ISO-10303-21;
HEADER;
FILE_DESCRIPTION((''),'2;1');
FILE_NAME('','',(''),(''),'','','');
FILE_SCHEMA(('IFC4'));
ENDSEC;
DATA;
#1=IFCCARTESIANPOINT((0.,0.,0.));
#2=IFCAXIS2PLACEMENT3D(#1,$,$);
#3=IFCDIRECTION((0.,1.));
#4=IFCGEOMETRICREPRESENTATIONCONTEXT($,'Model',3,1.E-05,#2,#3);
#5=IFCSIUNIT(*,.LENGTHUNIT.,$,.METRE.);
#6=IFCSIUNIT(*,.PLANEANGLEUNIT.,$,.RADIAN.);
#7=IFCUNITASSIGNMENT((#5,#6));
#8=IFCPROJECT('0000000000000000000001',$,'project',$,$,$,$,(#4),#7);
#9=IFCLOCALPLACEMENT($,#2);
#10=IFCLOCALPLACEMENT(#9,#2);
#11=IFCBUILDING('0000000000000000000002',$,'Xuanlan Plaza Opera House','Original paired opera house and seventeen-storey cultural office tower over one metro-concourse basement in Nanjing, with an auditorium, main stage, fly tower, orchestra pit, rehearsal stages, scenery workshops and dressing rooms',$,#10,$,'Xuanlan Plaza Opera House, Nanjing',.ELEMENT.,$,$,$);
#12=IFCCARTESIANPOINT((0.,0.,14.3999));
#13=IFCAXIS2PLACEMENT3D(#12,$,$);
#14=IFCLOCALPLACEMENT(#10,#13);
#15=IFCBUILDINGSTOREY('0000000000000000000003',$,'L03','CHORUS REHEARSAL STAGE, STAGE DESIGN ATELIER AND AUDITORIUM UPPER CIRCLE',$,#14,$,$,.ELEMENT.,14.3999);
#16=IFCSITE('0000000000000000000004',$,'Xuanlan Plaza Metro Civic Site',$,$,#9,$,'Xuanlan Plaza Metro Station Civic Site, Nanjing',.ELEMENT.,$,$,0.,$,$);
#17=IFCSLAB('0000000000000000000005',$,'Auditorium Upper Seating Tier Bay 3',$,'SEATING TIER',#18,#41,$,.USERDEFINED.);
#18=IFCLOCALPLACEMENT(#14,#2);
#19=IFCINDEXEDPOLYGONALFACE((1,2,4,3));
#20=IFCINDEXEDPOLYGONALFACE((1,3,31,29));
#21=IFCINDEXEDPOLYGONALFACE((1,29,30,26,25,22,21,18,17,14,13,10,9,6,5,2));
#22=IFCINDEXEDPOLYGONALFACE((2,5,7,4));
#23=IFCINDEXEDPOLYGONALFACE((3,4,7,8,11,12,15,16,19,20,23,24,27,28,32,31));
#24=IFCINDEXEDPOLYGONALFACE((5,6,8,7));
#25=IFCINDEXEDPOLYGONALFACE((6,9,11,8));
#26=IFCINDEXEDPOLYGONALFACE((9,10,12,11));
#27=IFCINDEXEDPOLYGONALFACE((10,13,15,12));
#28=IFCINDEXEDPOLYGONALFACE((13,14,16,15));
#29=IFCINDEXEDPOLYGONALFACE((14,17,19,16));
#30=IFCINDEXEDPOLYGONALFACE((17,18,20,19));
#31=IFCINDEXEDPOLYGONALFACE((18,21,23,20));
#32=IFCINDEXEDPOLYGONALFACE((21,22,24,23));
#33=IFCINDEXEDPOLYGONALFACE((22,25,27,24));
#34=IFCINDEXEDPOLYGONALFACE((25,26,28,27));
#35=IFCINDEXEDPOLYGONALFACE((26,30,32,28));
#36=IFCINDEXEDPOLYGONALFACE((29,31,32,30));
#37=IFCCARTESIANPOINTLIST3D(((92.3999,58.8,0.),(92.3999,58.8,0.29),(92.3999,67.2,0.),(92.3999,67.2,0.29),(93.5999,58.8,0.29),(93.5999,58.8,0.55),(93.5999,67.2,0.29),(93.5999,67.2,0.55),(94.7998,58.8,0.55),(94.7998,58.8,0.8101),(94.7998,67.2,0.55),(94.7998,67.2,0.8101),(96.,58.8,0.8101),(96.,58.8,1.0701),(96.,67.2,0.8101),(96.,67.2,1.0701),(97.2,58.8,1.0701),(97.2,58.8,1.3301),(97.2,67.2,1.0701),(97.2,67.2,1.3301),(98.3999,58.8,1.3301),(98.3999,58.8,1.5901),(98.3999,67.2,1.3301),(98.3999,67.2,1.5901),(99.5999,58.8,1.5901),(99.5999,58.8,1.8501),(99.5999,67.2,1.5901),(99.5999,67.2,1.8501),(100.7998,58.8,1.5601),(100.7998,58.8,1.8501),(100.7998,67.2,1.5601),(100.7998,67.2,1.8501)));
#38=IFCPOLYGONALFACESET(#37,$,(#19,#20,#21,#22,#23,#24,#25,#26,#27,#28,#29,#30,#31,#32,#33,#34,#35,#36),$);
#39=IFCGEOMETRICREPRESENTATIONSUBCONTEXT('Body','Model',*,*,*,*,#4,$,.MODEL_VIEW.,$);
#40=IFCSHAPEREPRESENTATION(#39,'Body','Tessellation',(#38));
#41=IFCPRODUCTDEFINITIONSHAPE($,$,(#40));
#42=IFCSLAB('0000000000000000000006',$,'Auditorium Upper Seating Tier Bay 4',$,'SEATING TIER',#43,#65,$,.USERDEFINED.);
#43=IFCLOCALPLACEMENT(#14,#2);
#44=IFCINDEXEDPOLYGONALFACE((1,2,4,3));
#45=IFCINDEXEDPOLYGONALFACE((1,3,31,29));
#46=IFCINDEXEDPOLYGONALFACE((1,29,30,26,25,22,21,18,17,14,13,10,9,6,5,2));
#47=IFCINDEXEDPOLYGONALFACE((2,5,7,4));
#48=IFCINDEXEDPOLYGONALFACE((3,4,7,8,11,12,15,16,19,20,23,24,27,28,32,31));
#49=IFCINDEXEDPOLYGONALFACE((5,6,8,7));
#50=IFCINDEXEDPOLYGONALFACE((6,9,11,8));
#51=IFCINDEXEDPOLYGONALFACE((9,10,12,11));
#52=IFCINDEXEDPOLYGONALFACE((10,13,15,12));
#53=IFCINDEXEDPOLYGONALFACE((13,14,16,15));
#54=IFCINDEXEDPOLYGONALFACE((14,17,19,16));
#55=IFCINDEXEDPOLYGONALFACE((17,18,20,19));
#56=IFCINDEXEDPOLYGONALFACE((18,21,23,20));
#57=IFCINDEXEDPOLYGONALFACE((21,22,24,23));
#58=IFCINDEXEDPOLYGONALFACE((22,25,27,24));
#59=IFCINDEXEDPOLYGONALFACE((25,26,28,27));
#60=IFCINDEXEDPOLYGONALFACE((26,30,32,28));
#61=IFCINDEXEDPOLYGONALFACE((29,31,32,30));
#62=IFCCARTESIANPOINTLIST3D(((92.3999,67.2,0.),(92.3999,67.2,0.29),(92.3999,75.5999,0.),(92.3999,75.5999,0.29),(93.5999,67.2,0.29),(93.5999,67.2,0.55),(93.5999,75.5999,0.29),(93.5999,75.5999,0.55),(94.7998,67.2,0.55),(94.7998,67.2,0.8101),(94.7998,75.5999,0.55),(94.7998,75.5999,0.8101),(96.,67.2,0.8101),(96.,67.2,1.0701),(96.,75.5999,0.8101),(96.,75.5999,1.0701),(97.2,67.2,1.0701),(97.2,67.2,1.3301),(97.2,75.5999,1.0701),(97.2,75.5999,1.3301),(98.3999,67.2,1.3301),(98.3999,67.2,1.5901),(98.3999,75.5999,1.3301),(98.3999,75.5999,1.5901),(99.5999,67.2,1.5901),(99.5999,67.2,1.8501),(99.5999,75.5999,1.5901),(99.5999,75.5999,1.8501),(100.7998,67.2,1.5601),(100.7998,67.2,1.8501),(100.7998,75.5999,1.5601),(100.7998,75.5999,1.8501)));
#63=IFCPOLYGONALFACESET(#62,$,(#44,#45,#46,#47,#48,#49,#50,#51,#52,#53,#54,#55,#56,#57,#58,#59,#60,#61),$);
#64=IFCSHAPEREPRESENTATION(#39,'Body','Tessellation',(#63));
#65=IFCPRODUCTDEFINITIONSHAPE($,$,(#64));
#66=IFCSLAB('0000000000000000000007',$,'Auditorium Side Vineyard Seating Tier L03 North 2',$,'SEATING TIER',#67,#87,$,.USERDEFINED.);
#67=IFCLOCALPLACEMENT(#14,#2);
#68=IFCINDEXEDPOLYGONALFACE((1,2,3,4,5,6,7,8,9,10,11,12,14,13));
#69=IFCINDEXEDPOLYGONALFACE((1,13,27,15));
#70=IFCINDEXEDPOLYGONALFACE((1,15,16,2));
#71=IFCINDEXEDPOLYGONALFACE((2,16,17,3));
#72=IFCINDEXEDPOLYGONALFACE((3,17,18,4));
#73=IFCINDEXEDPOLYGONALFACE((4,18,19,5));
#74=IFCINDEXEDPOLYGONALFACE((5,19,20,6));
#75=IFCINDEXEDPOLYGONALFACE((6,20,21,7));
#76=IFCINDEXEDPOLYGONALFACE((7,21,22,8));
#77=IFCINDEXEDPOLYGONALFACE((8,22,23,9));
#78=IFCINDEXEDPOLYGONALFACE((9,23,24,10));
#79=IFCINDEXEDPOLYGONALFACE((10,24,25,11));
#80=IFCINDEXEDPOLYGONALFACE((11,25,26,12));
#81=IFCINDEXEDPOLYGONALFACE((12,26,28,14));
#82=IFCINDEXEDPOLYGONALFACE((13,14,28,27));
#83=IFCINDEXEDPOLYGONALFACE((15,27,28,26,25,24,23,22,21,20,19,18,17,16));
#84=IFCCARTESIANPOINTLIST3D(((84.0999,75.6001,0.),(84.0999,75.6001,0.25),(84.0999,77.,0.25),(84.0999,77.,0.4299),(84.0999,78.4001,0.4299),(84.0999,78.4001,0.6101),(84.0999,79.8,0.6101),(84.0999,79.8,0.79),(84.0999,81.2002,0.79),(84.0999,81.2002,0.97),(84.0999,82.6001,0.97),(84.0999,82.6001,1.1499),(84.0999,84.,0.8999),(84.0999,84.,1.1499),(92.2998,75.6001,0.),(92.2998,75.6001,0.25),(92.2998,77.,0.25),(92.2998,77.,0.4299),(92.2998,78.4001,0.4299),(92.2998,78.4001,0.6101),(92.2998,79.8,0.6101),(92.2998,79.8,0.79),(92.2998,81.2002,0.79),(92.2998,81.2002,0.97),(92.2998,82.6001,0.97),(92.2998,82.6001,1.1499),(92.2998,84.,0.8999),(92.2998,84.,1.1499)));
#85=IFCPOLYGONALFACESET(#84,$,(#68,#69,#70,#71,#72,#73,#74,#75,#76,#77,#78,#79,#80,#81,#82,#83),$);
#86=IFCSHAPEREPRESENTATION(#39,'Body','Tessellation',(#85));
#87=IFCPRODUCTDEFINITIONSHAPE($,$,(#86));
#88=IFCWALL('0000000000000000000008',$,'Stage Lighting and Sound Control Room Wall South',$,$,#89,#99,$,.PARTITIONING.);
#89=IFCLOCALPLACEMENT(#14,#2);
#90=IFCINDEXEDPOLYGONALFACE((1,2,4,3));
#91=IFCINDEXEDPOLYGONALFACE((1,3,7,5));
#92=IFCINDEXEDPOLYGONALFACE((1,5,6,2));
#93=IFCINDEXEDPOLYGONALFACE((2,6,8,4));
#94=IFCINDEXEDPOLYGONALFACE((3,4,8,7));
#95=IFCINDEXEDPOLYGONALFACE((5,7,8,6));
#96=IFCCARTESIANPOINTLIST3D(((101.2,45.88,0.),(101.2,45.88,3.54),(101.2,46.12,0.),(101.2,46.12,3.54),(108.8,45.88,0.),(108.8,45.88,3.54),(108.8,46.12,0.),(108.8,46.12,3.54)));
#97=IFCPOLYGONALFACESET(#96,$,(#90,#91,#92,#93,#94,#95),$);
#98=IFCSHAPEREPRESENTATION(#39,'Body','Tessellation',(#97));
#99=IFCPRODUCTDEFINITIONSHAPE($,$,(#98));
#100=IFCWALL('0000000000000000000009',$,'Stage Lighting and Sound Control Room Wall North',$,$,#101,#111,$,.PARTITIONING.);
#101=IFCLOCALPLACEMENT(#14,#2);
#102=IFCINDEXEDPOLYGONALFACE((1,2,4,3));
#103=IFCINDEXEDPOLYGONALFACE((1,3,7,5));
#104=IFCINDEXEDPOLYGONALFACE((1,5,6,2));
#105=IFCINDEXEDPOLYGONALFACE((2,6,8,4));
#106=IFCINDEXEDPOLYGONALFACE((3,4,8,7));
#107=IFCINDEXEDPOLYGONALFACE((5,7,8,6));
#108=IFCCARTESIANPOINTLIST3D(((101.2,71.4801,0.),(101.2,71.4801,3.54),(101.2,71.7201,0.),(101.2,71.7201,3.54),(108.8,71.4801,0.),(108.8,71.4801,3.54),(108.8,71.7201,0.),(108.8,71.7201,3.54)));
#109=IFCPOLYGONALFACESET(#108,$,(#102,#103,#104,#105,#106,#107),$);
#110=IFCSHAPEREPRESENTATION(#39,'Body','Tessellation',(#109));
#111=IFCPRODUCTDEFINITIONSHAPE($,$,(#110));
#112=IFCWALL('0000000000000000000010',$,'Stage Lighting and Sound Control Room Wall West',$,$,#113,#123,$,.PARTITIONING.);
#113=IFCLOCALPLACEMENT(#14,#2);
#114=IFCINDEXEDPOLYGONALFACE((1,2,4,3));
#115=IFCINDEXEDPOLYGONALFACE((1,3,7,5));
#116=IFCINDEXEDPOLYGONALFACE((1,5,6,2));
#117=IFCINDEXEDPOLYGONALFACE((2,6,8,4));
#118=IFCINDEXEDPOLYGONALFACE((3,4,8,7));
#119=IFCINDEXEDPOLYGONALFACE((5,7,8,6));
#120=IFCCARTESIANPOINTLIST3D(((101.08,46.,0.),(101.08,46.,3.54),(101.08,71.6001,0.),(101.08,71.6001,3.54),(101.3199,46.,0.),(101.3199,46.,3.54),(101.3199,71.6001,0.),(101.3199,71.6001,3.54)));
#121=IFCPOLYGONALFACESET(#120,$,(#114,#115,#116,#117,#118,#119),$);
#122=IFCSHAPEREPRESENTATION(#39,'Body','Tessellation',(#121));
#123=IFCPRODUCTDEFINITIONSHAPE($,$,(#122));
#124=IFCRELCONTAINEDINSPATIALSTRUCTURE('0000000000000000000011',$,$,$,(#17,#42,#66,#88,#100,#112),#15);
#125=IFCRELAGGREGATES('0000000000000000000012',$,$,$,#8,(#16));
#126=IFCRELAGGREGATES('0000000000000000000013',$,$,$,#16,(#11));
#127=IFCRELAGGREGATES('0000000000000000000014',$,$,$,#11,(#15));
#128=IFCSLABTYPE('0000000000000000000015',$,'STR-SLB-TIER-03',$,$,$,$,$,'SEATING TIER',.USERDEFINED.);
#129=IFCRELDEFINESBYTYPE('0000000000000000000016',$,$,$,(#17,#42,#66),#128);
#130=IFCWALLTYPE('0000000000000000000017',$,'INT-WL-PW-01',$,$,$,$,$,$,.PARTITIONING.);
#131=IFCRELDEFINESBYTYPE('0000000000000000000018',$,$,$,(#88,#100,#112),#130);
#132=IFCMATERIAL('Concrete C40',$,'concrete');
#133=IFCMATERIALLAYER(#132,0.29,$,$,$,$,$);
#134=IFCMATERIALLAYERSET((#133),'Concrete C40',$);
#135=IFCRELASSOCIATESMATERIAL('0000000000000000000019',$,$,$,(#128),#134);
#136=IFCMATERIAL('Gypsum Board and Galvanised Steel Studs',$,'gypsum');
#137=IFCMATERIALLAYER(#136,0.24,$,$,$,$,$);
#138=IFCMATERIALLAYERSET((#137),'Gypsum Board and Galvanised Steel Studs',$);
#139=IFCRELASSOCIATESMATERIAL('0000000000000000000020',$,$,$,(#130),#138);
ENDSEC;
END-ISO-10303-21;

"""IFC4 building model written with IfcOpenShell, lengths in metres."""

from ifc_helpers import new_model, si_unit, direction, frame, frame_2d, origin, place, context, subcontext, project, spatial, polyline, rectangle, outline, extrude, material, layer, layer_set, type_object, element, save


model = new_model("IFC4")

# Units and contexts
model_context = context("Model", 3, precision=1e-05, world=origin(), true_north=direction((0.0, 1.0)))
body_context = subcontext(model_context, "Body", "Model", "MODEL_VIEW")
ifc_project = project(units=[si_unit("LENGTHUNIT", "METRE"), si_unit("PLANEANGLEUNIT", "RADIAN")], contexts=[model_context])

# Site, building, storey
site_placement = place(None, origin())
site = spatial("IfcSite", under=ifc_project, at=site_placement, Name="Xuanlan Plaza Metro Civic Site", LongName="Xuanlan Plaza Metro Station Civic Site, Nanjing", CompositionType="ELEMENT", RefElevation=0.0)
building_placement = place(site_placement, origin())
building = spatial("IfcBuilding", under=site, at=building_placement, Name="Xuanlan Plaza Opera House", Description="Original paired opera house and seventeen-storey cultural office tower over one metro-concourse basement in Nanjing, with an auditorium, main stage, fly tower, orchestra pit, rehearsal stages, scenery workshops and dressing rooms", LongName="Xuanlan Plaza Opera House, Nanjing", CompositionType="ELEMENT")
storey_placement = place(building_placement, frame((0.0, 0.0, 14.3999)))
storey = spatial("IfcBuildingStorey", under=building, at=storey_placement, Name="L03", Description="CHORUS REHEARSAL STAGE, STAGE DESIGN ATELIER AND AUDITORIUM UPPER CIRCLE", CompositionType="ELEMENT", Elevation=14.3999)

# Shared definitions
ifc_material_1 = material(Name="Concrete C40", Category="concrete")

# Slabs
ifc_layer_1 = layer(ifc_material_1, 0.29)
ifc_layer_set_1 = layer_set([ifc_layer_1], Name="Concrete C40")
slab_type = type_object("IfcSlabType", Name="STR-SLB-TIER-03", ElementType="SEATING TIER", PredefinedType="USERDEFINED", material=ifc_layer_set_1)
for number, where, z_axis, x_axis, name in (
    (1, (92.3999, 63.0, 0.0), (0.0, 0.0, 1.0), (1.0, 0.0, 0.0), "Auditorium Upper Seating Tier Bay 3"),
    (2, (92.3999, 71.3999, 0.0), (0.0, 0.0, 1.0), (1.0, 0.0, 0.0), "Auditorium Upper Seating Tier Bay 4"),
):
    element("IfcSlab", number, at=place(storey_placement, frame(where, z_axis=z_axis, x_axis=x_axis)), inside=storey, type_object=slab_type, Name=name, ObjectType="SEATING TIER", PredefinedType="USERDEFINED", context=body_context, shape_type="SweptSolid", body=[
        extrude(outline(polyline([(0.0, 0.0), (0.0, 0.29), (1.2, 0.29), (1.2, 0.55), (2.3999, 0.55), (2.3999, 0.8101), (3.6001, 0.8101), (3.6001, 1.0701), (4.8, 1.0701), (4.8, 1.3301), (6.0, 1.3301), (6.0, 1.5901), (7.2, 1.5901), (7.2, 1.8501), (8.3999, 1.8501), (8.3999, 1.5601), (0.0, 0.0)])), frame((0.0, 4.2, 0.0), z_axis=(0.0, -1.0, 0.0), x_axis=(1.0, 0.0, 0.0)), (0.0, 0.0, 1.0), 8.3999),
    ])
slab_placement = place(storey_placement, frame((88.2, 75.6001, 0.0), z_axis=(0.0, 0.0, 1.0), x_axis=(0.0, 1.0, 0.0)))
element("IfcSlab", 3, at=slab_placement, inside=storey, type_object=slab_type, Name="Auditorium Side Vineyard Seating Tier L03 North 2", ObjectType="SEATING TIER", PredefinedType="USERDEFINED", context=body_context, shape_type="SweptSolid", body=[
    extrude(outline(polyline([(0.0, 0.0), (0.0, 0.25), (1.3999, 0.25), (1.3999, 0.4299), (2.8, 0.4299), (2.8, 0.6101), (4.2, 0.6101), (4.2, 0.79), (5.6001, 0.79), (5.6001, 0.97), (7.0, 0.97), (7.0, 1.1499), (8.3999, 1.1499), (8.3999, 0.8999), (0.0, 0.0)])), frame((0.0, 4.1001, 0.0), z_axis=(0.0, -1.0, 0.0), x_axis=(1.0, 0.0, 0.0)), (0.0, 0.0, 1.0), 8.2),
])

# Walls
ifc_material_2 = material(Name="Gypsum Board and Galvanised Steel Studs", Category="gypsum")
ifc_layer_2 = layer(ifc_material_2, 0.24)
ifc_layer_set_2 = layer_set([ifc_layer_2], Name="Gypsum Board and Galvanised Steel Studs")
wall_type = type_object("IfcWallType", Name="INT-WL-PW-01", PredefinedType="PARTITIONING", material=ifc_layer_set_2)
for number, where, z_axis, x_axis, name in (
    (4, (101.2, 46.0, 0.0), (0.0, 0.0, 1.0), (1.0, 0.0, 0.0), "Stage Lighting and Sound Control Room Wall South"),
    (5, (101.2, 71.6001, 0.0), (0.0, 0.0, 1.0), (1.0, 0.0, 0.0), "Stage Lighting and Sound Control Room Wall North"),
):
    element("IfcWall", number, at=place(storey_placement, frame(where, z_axis=z_axis, x_axis=x_axis)), inside=storey, type_object=wall_type, Name=name, PredefinedType="PARTITIONING", context=body_context, shape_type="SweptSolid", body=[
        extrude(rectangle(XDim=7.6001, YDim=0.24, at=frame_2d((3.8, 0.0))), origin(), (0.0, 0.0, 1.0), 3.54),
    ])
wall_placement = place(storey_placement, frame((101.2, 46.0, 0.0), z_axis=(0.0, 0.0, 1.0), x_axis=(0.0, 1.0, 0.0)))
element("IfcWall", 6, at=wall_placement, inside=storey, type_object=wall_type, Name="Stage Lighting and Sound Control Room Wall West", PredefinedType="PARTITIONING", context=body_context, shape_type="SweptSolid", body=[
    extrude(rectangle(XDim=25.6001, YDim=0.24, at=frame_2d((12.8, 0.0))), origin(), (0.0, 0.0, 1.0), 3.54),
])

save(model, "model.ifc")
